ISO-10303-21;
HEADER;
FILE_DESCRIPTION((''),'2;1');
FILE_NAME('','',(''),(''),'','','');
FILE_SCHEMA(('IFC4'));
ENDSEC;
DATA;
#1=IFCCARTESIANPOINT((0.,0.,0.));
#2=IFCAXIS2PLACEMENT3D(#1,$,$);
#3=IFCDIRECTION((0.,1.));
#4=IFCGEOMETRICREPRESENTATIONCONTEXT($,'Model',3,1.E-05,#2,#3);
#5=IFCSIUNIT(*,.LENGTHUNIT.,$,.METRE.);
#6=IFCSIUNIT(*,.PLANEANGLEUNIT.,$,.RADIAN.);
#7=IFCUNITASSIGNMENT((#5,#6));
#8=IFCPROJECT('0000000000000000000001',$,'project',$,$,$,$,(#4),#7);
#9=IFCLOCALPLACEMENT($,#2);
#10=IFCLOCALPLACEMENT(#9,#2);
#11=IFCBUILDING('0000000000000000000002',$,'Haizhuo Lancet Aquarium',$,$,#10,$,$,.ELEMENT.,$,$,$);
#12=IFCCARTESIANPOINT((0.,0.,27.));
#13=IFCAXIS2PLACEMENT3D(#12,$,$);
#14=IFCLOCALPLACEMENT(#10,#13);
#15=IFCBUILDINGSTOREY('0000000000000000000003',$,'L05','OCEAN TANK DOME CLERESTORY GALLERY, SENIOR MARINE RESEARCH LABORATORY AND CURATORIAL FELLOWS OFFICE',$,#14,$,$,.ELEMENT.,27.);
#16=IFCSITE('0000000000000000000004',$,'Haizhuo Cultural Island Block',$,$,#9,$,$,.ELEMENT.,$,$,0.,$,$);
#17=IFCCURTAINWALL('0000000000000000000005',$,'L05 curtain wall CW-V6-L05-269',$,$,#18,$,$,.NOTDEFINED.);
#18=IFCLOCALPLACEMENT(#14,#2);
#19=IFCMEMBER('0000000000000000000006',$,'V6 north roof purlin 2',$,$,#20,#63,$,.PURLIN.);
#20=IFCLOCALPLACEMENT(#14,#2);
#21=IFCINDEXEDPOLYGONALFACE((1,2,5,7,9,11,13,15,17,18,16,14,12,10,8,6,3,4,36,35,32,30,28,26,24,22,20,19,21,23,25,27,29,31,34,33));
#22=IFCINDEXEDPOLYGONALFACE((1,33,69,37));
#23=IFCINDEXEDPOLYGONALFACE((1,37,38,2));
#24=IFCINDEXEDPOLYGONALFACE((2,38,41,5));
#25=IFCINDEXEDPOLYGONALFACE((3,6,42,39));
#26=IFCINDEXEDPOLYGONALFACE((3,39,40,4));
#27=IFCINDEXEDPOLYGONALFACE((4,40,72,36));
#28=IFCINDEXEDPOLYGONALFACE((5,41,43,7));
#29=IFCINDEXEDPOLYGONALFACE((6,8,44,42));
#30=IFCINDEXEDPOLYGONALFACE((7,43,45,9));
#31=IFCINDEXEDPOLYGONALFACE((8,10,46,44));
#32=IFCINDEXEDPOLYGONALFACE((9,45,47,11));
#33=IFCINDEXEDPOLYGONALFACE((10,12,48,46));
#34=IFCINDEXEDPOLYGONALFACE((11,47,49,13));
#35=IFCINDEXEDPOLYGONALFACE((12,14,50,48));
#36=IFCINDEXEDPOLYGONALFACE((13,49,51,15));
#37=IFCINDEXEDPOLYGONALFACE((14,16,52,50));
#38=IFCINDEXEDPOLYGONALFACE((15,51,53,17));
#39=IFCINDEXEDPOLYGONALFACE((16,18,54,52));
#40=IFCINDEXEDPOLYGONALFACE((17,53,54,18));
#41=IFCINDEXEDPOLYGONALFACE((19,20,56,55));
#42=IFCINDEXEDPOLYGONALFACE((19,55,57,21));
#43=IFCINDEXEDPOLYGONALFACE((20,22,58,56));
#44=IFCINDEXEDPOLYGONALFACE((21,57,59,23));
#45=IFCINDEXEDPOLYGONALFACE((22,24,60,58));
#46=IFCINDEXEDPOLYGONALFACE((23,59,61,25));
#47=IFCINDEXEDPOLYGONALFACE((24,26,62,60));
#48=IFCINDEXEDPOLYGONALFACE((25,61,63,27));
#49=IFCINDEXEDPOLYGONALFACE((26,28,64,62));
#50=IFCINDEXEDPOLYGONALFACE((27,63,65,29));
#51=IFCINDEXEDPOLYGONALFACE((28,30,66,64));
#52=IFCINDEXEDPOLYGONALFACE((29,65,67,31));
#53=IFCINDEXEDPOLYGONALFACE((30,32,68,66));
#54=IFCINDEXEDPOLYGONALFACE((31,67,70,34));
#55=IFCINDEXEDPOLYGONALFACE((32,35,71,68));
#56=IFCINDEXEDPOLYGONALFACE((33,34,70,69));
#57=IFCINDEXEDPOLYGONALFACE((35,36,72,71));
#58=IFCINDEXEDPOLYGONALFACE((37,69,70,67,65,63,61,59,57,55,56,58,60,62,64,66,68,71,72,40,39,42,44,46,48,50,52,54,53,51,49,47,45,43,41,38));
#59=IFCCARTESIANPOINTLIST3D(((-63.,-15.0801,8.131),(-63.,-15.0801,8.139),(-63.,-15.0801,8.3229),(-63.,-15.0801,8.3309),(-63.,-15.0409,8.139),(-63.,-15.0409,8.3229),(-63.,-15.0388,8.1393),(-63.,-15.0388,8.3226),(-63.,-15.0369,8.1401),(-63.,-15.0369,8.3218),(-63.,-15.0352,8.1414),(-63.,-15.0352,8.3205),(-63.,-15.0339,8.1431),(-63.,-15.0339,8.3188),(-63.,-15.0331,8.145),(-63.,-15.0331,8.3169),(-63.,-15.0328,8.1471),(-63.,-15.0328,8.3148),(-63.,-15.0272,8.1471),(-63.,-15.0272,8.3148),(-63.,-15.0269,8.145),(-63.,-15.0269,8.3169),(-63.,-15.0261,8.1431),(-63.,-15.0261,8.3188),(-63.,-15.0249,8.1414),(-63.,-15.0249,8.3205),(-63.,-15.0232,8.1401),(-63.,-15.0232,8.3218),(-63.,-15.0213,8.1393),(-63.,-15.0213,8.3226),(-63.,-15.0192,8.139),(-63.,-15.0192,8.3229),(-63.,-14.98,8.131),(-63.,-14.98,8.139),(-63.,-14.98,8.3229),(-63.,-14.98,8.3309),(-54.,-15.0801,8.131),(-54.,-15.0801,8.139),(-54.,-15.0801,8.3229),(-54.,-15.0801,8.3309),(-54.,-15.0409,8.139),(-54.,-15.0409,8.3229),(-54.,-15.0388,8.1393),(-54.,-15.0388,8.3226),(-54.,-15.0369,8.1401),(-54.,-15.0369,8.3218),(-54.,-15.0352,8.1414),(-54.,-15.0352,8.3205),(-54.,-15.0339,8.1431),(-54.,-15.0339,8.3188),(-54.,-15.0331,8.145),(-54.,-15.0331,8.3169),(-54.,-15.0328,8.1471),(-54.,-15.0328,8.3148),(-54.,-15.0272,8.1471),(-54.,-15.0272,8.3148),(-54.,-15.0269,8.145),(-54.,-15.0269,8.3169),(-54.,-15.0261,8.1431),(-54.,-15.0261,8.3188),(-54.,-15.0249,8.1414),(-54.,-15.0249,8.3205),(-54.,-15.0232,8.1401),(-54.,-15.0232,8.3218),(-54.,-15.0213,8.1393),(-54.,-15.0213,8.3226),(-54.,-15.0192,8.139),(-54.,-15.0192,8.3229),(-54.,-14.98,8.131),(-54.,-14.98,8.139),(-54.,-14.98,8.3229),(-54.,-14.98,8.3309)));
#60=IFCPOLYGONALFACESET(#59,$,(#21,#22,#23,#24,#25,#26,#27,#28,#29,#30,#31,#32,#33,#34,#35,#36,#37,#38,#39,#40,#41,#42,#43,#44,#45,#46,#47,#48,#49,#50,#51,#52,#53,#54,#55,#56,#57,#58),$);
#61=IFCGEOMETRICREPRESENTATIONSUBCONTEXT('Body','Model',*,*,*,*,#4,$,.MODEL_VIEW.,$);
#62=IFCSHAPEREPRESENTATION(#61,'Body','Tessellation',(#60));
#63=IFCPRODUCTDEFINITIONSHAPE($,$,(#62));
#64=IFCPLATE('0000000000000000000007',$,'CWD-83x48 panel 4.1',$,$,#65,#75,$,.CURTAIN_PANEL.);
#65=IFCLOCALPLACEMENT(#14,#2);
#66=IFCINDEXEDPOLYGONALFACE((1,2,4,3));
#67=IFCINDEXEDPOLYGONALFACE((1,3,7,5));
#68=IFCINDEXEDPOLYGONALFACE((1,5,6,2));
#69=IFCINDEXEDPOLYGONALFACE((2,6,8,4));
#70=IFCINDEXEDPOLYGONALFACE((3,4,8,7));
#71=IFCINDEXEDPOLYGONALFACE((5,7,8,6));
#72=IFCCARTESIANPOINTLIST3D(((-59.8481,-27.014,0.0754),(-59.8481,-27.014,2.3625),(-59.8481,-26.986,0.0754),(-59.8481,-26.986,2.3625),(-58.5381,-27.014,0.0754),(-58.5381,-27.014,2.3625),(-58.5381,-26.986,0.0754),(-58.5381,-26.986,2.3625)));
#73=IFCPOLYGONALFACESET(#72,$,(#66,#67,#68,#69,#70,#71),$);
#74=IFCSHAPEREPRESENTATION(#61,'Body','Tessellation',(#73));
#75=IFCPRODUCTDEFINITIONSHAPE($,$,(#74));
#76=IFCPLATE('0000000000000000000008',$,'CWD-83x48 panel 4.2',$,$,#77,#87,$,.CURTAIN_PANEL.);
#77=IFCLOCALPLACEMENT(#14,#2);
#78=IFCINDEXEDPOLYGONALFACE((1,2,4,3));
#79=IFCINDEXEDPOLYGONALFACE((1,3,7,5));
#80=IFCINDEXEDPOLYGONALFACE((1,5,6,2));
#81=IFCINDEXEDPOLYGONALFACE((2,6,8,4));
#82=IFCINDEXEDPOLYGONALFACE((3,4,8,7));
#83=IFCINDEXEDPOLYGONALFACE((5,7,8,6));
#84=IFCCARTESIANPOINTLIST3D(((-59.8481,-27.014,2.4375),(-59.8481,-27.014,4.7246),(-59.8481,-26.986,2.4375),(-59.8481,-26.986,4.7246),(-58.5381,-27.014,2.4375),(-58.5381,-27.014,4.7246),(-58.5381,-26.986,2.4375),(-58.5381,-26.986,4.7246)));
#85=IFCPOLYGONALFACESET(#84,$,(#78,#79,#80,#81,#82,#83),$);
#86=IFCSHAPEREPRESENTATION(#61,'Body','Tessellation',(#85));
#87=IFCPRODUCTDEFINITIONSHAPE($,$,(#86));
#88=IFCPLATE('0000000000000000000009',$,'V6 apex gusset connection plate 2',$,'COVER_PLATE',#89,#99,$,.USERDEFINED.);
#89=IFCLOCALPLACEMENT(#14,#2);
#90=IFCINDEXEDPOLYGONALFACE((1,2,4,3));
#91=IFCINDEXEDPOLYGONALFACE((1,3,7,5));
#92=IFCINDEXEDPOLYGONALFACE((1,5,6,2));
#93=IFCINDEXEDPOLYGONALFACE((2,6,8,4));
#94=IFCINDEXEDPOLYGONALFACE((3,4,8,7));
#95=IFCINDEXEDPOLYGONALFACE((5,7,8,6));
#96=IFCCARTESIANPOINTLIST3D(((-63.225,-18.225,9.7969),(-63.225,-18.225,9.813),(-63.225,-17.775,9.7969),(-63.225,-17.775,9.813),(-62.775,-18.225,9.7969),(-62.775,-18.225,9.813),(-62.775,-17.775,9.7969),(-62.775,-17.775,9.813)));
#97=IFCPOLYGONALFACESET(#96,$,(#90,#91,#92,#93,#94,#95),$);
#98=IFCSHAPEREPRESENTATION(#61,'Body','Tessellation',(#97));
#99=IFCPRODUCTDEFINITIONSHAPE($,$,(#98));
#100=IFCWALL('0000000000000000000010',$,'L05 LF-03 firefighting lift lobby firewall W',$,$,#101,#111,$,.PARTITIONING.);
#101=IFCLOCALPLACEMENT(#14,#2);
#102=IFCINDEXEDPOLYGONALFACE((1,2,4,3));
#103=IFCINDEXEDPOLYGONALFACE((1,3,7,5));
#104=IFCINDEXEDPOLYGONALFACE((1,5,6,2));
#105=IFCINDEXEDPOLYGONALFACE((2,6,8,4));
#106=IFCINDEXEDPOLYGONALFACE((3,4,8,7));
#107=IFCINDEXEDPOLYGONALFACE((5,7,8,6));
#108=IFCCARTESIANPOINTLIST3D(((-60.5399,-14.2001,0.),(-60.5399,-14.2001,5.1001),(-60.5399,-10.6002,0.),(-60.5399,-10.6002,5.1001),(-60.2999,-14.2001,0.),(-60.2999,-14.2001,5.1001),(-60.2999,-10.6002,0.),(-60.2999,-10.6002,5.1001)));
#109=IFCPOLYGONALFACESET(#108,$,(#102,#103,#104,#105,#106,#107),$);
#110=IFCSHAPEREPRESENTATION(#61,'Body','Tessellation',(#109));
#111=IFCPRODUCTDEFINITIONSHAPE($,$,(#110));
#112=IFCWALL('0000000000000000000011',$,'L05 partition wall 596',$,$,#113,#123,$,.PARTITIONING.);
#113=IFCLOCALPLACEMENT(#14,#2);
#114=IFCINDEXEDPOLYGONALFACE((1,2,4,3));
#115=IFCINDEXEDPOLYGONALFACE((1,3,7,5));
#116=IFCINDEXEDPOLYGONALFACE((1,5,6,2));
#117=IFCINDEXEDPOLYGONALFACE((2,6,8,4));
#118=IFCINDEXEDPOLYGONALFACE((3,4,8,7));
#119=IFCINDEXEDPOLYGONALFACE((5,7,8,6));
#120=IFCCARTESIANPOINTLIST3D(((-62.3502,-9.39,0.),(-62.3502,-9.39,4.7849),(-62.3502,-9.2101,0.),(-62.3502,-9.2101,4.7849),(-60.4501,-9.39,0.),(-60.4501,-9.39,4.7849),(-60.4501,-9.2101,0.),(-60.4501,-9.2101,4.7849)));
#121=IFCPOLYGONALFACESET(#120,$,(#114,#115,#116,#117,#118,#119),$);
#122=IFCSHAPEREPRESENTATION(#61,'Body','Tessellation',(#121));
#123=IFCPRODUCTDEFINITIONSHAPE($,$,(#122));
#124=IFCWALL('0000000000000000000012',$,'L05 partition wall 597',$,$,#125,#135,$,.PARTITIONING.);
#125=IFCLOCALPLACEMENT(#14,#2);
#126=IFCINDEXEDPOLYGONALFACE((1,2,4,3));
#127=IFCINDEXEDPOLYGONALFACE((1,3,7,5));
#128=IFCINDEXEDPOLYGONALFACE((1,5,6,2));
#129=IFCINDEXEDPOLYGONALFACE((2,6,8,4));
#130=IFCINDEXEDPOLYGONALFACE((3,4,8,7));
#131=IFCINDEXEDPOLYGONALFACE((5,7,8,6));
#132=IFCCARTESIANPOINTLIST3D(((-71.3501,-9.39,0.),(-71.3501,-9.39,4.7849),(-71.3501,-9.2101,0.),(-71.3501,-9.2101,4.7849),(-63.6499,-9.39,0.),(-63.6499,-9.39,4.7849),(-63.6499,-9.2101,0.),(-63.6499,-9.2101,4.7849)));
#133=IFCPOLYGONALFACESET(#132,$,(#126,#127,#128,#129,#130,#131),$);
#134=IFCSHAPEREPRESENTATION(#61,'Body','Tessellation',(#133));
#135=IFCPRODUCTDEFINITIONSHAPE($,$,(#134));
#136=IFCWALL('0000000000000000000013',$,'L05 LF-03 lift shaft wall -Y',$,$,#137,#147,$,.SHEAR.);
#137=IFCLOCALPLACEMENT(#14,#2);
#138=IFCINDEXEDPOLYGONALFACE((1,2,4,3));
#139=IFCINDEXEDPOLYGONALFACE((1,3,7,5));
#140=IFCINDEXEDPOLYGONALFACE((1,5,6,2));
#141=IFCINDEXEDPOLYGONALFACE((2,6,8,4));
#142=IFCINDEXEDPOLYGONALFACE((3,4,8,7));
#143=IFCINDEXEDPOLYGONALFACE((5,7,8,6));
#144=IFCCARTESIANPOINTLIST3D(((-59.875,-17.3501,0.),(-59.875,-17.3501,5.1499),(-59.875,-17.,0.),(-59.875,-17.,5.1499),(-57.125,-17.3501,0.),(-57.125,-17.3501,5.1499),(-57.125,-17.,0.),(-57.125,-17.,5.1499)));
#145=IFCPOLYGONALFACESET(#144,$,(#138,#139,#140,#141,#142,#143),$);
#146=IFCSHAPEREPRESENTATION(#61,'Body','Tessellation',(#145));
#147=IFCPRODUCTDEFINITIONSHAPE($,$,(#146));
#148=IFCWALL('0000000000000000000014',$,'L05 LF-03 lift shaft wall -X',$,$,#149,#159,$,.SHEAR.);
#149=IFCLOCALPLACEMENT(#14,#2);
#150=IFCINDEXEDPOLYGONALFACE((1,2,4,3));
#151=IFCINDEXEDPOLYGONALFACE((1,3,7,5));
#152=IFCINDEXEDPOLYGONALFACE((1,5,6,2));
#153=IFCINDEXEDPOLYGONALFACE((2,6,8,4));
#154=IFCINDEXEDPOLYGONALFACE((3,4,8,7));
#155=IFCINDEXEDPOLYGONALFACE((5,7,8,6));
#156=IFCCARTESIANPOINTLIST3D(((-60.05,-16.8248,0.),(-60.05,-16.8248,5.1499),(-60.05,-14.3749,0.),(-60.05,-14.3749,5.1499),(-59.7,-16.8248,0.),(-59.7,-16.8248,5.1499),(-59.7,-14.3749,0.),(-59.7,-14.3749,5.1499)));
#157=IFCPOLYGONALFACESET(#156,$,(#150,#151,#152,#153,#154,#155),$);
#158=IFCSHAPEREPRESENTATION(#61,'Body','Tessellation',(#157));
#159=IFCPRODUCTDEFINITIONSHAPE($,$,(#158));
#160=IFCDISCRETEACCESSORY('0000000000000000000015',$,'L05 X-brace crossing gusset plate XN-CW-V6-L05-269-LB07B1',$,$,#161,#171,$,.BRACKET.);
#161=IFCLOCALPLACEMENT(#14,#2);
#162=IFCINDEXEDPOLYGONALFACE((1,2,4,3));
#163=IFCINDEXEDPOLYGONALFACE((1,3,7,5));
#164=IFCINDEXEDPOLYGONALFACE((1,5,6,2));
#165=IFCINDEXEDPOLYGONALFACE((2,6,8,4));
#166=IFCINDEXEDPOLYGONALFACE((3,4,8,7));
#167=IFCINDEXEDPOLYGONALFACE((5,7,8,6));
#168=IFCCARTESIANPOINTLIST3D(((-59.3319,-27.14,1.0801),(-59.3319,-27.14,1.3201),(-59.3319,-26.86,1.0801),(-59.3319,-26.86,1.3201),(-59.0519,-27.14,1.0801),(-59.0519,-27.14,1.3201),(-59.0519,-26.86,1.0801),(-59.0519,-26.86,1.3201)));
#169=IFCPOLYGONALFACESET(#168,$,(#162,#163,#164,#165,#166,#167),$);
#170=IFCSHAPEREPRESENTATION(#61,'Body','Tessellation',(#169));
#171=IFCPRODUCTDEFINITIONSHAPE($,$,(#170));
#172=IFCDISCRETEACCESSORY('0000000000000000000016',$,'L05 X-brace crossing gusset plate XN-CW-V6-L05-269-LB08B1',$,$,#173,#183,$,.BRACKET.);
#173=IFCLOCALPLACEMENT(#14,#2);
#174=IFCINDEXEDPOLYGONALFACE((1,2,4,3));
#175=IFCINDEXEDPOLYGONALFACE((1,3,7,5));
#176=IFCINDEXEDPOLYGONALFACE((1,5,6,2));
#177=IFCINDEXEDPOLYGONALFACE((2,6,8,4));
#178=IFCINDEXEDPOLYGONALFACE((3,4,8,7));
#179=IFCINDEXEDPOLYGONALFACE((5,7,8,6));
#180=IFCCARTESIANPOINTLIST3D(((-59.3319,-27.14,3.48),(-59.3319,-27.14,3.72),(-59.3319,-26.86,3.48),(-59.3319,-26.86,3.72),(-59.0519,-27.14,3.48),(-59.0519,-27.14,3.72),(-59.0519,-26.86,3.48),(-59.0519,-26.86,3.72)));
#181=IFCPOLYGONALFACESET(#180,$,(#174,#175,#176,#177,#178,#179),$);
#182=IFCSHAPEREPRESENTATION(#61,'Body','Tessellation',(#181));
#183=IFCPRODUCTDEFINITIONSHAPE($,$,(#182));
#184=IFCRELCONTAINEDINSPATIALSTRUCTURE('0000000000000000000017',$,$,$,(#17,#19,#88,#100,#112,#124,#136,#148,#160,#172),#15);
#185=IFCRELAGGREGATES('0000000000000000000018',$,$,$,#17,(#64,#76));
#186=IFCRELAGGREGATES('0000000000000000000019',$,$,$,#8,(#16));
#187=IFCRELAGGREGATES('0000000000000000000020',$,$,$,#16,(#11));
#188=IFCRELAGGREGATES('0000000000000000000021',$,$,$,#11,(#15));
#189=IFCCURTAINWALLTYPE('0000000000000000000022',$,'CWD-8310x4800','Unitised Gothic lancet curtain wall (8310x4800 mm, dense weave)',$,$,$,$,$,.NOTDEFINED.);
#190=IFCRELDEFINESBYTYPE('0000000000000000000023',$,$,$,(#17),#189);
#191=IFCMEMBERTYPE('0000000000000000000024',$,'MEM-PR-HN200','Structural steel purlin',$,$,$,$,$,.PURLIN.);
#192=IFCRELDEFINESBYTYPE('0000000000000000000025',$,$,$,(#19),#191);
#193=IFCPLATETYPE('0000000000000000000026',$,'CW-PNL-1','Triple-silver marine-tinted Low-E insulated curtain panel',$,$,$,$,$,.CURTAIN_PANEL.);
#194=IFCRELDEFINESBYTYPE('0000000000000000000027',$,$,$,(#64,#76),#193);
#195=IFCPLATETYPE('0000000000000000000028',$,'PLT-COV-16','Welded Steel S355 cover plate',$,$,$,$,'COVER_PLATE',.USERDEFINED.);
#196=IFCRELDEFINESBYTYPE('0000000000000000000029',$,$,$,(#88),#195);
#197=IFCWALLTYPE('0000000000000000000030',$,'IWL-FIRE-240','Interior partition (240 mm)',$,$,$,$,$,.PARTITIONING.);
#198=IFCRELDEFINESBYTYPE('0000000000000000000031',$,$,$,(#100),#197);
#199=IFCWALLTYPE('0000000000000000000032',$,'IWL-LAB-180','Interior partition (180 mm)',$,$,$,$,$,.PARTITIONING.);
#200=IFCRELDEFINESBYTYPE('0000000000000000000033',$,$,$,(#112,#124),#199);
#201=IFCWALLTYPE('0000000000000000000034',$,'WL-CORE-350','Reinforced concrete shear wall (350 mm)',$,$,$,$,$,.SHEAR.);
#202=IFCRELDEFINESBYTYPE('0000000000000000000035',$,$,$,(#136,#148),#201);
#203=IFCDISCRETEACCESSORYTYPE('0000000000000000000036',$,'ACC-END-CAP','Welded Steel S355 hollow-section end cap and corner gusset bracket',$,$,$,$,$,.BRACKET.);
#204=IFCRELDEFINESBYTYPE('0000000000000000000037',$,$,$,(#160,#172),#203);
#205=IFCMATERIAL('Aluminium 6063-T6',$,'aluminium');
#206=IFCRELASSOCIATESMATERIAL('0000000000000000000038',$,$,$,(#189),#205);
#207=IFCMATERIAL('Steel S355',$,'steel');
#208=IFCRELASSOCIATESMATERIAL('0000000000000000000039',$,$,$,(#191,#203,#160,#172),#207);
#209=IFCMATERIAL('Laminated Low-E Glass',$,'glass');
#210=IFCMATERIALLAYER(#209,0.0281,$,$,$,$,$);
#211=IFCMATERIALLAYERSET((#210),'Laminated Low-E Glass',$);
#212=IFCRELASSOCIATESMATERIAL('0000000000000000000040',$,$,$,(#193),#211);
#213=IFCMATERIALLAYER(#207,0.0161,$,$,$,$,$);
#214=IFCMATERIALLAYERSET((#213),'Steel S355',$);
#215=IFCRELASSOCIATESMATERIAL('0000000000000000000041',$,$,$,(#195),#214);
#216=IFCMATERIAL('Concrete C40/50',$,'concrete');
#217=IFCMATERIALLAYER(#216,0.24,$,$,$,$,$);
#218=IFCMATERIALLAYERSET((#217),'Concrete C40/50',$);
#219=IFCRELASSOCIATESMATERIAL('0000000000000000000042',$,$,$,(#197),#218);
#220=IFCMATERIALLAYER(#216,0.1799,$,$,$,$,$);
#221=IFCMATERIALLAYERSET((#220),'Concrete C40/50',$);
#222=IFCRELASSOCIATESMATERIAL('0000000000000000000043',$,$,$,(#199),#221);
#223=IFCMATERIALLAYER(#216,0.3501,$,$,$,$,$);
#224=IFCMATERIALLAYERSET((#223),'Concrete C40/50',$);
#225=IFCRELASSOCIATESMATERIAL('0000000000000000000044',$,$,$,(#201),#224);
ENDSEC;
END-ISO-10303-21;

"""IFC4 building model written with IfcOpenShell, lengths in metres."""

from ifc_helpers import new_model, si_unit, direction, frame, frame_2d, origin, origin_2d, place, context, subcontext, project, spatial, rectangle, i_section, extrude, material, layer, layer_set, material_profile, profile_set, type_object, element, aggregate, save


model = new_model("IFC4")

# Units and contexts
model_context = context("Model", 3, precision=1e-05, world=origin(), true_north=direction((0.0, 1.0)))
body_context = subcontext(model_context, "Body", "Model", "MODEL_VIEW")
ifc_project = project(units=[si_unit("LENGTHUNIT", "METRE"), si_unit("PLANEANGLEUNIT", "RADIAN")], contexts=[model_context])

# Site, building, storey
site_placement = place(None, origin())
site = spatial("IfcSite", under=ifc_project, at=site_placement, Name="Haizhuo Cultural Island Block", CompositionType="ELEMENT", RefElevation=0.0)
building_placement = place(site_placement, origin())
building = spatial("IfcBuilding", under=site, at=building_placement, Name="Haizhuo Lancet Aquarium", CompositionType="ELEMENT")
storey_placement = place(building_placement, frame((0.0, 0.0, 27.0)))
storey = spatial("IfcBuildingStorey", under=building, at=storey_placement, Name="L05", Description="OCEAN TANK DOME CLERESTORY GALLERY, SENIOR MARINE RESEARCH LABORATORY AND CURATORIAL FELLOWS OFFICE", CompositionType="ELEMENT", Elevation=27.0)

# Shared definitions
ifc_material_1 = material(Name="Concrete C40/50", Category="concrete")

# Shared definitions
ifc_material_2 = material(Name="Steel S355", Category="steel")

# Curtain wall
ifc_material_3 = material(Name="Aluminium 6063-T6", Category="aluminium")
curtain_wall_type = type_object("IfcCurtainWallType", Name="CWD-8310x4800", Description="Unitised Gothic lancet curtain wall (8310x4800 mm, dense weave)", PredefinedType="NOTDEFINED", material=ifc_material_3)
curtain_wall_placement = place(storey_placement, origin())
curtain_wall = element("IfcCurtainWall", 1, at=curtain_wall_placement, inside=storey, type_object=curtain_wall_type, Name="L05 curtain wall CW-V6-L05-269", PredefinedType="NOTDEFINED")

# Member
ifc_material_profile_1 = material_profile(ifc_material_2, i_section(OverallWidth=0.1001, OverallDepth=0.2, WebThickness=0.0056, FlangeThickness=0.0081, FilletRadius=0.0081, at=origin_2d()), Name="HN 200x100x5.5x8")
ifc_profile_set_1 = profile_set([ifc_material_profile_1], Name="Steel S355")
member_type_1 = type_object("IfcMemberType", Name="MEM-PR-HN200", Description="Structural steel purlin", PredefinedType="PURLIN", material=ifc_profile_set_1)
for number, where, z_axis, x_axis, name in (
    (2, (-63.0, -15.03, 8.231), (1.0, 0.0, 0.0), (0.0, 1.0, 0.0), "V6 north roof purlin 2"),
):
    element("IfcMember", number, at=place(storey_placement, frame(where, z_axis=z_axis, x_axis=x_axis)), inside=storey, type_object=member_type_1, Name=name, PredefinedType="PURLIN", context=body_context, shape_type="SweptSolid", body=[
        extrude(i_section(OverallWidth=0.1001, OverallDepth=0.2, WebThickness=0.0056, FlangeThickness=0.0081, FilletRadius=0.0081, at=origin_2d()), origin(), (0.0, 0.0, 1.0), 9.0),
    ])

# Plates
ifc_material_4 = material(Name="Laminated Low-E Glass", Category="glass")
ifc_layer_1 = layer(ifc_material_4, 0.0281)
ifc_layer_set_1 = layer_set([ifc_layer_1], Name="Laminated Low-E Glass")
plate_type_1 = type_object("IfcPlateType", Name="CW-PNL-1", Description="Triple-silver marine-tinted Low-E insulated curtain panel", PredefinedType="CURTAIN_PANEL", material=ifc_layer_set_1)
plate_1_placement = place(storey_placement, frame((-59.1931, -27.0, 0.0754), z_axis=(0.0, 0.0, 1.0), x_axis=(-1.0, 0.0, 0.0)))
plate_1 = element("IfcPlate", 3, at=plate_1_placement, type_object=plate_type_1, Name="CWD-83x48 panel 4.1", PredefinedType="CURTAIN_PANEL", context=body_context, shape_type="SweptSolid", body=[
    extrude(rectangle(XDim=1.3101, YDim=0.0281, at=origin_2d()), origin(), (0.0, 0.0, 1.0), 2.2871),
])
plate_2_placement = place(storey_placement, frame((-59.1931, -27.0, 2.4375), z_axis=(0.0, 0.0, 1.0), x_axis=(-1.0, 0.0, 0.0)))
plate_2 = element("IfcPlate", 4, at=plate_2_placement, type_object=plate_type_1, Name="CWD-83x48 panel 4.2", PredefinedType="CURTAIN_PANEL", context=body_context, shape_type="SweptSolid", body=[
    extrude(rectangle(XDim=1.3101, YDim=0.0281, at=origin_2d()), origin(), (0.0, 0.0, 1.0), 2.2871),
])
aggregate(curtain_wall, [plate_1, plate_2])
ifc_layer_2 = layer(ifc_material_2, 0.0161)
ifc_layer_set_2 = layer_set([ifc_layer_2], Name="Steel S355")
plate_type_2 = type_object("IfcPlateType", Name="PLT-COV-16", Description="Welded Steel S355 cover plate", ElementType="COVER_PLATE", PredefinedType="USERDEFINED", material=ifc_layer_set_2)
plate_3_placement = place(storey_placement, frame((-63.0, -18.0, 9.7969), z_axis=(0.0, 0.0, 1.0), x_axis=(1.0, 0.0, 0.0)))
element("IfcPlate", 5, at=plate_3_placement, inside=storey, type_object=plate_type_2, Name="V6 apex gusset connection plate 2", ObjectType="COVER_PLATE", PredefinedType="USERDEFINED", context=body_context, shape_type="SweptSolid", body=[
    extrude(rectangle(XDim=0.45, YDim=0.45, at=origin_2d()), origin(), (0.0, 0.0, 1.0), 0.0161),
])

# Walls
ifc_layer_3 = layer(ifc_material_1, 0.24)
ifc_layer_set_3 = layer_set([ifc_layer_3], Name="Concrete C40/50")
wall_type_1 = type_object("IfcWallType", Name="IWL-FIRE-240", Description="Interior partition (240 mm)", PredefinedType="PARTITIONING", material=ifc_layer_set_3)
wall_1_placement = place(storey_placement, frame((-60.4199, -14.2, 0.0), z_axis=(0.0, 0.0, 1.0), x_axis=(0.0, 1.0, 0.0)))
element("IfcWall", 6, at=wall_1_placement, inside=storey, type_object=wall_type_1, Name="L05 LF-03 firefighting lift lobby firewall W", PredefinedType="PARTITIONING", context=body_context, shape_type="SweptSolid", body=[
    extrude(rectangle(XDim=3.5999, YDim=0.24, at=frame_2d((1.7998, 0.0))), origin(), (0.0, 0.0, 1.0), 5.1001),
])
ifc_layer_4 = layer(ifc_material_1, 0.1799)
ifc_layer_set_4 = layer_set([ifc_layer_4], Name="Concrete C40/50")
wall_type_2 = type_object("IfcWallType", Name="IWL-LAB-180", Description="Interior partition (180 mm)", PredefinedType="PARTITIONING", material=ifc_layer_set_4)
wall_2_placement = place(storey_placement, frame((-60.45, -9.3, 0.0), z_axis=(0.0, 0.0, 1.0), x_axis=(-1.0, 0.0, 0.0)))
element("IfcWall", 7, at=wall_2_placement, inside=storey, type_object=wall_type_2, Name="L05 partition wall 596", PredefinedType="PARTITIONING", context=body_context, shape_type="SweptSolid", body=[
    extrude(rectangle(XDim=1.9001, YDim=0.1799, at=frame_2d((0.9502, 0.0))), origin(), (0.0, 0.0, 1.0), 4.7849),
])
wall_3_placement = place(storey_placement, frame((-63.6499, -9.3, 0.0), z_axis=(0.0, 0.0, 1.0), x_axis=(-1.0, 0.0, 0.0)))
element("IfcWall", 8, at=wall_3_placement, inside=storey, type_object=wall_type_2, Name="L05 partition wall 597", PredefinedType="PARTITIONING", context=body_context, shape_type="SweptSolid", body=[
    extrude(rectangle(XDim=7.7002, YDim=0.1799, at=frame_2d((3.8501, 0.0))), origin(), (0.0, 0.0, 1.0), 4.7849),
])
ifc_layer_5 = layer(ifc_material_1, 0.3501)
ifc_layer_set_5 = layer_set([ifc_layer_5], Name="Concrete C40/50")
wall_type_3 = type_object("IfcWallType", Name="WL-CORE-350", Description="Reinforced concrete shear wall (350 mm)", PredefinedType="SHEAR", material=ifc_layer_set_5)
wall_4_placement = place(storey_placement, frame((-59.875, -17.175, 0.0), z_axis=(0.0, 0.0, 1.0), x_axis=(1.0, 0.0, 0.0)))
element("IfcWall", 9, at=wall_4_placement, inside=storey, type_object=wall_type_3, Name="L05 LF-03 lift shaft wall -Y", PredefinedType="SHEAR", context=body_context, shape_type="SweptSolid", body=[
    extrude(rectangle(XDim=2.75, YDim=0.3501, at=frame_2d((1.375, 0.0))), origin(), (0.0, 0.0, 1.0), 5.1499),
])
wall_5_placement = place(storey_placement, frame((-59.875, -16.825, 0.0), z_axis=(0.0, 0.0, 1.0), x_axis=(0.0, 1.0, 0.0)))
element("IfcWall", 10, at=wall_5_placement, inside=storey, type_object=wall_type_3, Name="L05 LF-03 lift shaft wall -X", PredefinedType="SHEAR", context=body_context, shape_type="SweptSolid", body=[
    extrude(rectangle(XDim=2.45, YDim=0.3501, at=frame_2d((1.2251, 0.0))), origin(), (0.0, 0.0, 1.0), 5.1499),
])

# Discrete accessories
discrete_accessory_type = type_object("IfcDiscreteAccessoryType", Name="ACC-END-CAP", Description="Welded Steel S355 hollow-section end cap and corner gusset bracket", PredefinedType="BRACKET", material=ifc_material_2)
for number, where, z_axis, x_axis, name in (
    (11, (-59.1919, -27.0, 1.0801), (0.0, 0.0, 1.0), (1.0, 0.0, 0.0), "L05 X-brace crossing gusset plate XN-CW-V6-L05-269-LB07B1"),
    (12, (-59.1919, -27.0, 3.48), (0.0, 0.0, 1.0), (1.0, 0.0, 0.0), "L05 X-brace crossing gusset plate XN-CW-V6-L05-269-LB08B1"),
):
    element("IfcDiscreteAccessory", number, at=place(storey_placement, frame(where, z_axis=z_axis, x_axis=x_axis)), inside=storey, type_object=discrete_accessory_type, material=ifc_material_2, Name=name, PredefinedType="BRACKET", context=body_context, shape_type="SweptSolid", body=[
        extrude(rectangle(XDim=0.28, YDim=0.28, at=origin_2d()), origin(), (0.0, 0.0, 1.0), 0.24),
    ])

save(model, "model.ifc")
